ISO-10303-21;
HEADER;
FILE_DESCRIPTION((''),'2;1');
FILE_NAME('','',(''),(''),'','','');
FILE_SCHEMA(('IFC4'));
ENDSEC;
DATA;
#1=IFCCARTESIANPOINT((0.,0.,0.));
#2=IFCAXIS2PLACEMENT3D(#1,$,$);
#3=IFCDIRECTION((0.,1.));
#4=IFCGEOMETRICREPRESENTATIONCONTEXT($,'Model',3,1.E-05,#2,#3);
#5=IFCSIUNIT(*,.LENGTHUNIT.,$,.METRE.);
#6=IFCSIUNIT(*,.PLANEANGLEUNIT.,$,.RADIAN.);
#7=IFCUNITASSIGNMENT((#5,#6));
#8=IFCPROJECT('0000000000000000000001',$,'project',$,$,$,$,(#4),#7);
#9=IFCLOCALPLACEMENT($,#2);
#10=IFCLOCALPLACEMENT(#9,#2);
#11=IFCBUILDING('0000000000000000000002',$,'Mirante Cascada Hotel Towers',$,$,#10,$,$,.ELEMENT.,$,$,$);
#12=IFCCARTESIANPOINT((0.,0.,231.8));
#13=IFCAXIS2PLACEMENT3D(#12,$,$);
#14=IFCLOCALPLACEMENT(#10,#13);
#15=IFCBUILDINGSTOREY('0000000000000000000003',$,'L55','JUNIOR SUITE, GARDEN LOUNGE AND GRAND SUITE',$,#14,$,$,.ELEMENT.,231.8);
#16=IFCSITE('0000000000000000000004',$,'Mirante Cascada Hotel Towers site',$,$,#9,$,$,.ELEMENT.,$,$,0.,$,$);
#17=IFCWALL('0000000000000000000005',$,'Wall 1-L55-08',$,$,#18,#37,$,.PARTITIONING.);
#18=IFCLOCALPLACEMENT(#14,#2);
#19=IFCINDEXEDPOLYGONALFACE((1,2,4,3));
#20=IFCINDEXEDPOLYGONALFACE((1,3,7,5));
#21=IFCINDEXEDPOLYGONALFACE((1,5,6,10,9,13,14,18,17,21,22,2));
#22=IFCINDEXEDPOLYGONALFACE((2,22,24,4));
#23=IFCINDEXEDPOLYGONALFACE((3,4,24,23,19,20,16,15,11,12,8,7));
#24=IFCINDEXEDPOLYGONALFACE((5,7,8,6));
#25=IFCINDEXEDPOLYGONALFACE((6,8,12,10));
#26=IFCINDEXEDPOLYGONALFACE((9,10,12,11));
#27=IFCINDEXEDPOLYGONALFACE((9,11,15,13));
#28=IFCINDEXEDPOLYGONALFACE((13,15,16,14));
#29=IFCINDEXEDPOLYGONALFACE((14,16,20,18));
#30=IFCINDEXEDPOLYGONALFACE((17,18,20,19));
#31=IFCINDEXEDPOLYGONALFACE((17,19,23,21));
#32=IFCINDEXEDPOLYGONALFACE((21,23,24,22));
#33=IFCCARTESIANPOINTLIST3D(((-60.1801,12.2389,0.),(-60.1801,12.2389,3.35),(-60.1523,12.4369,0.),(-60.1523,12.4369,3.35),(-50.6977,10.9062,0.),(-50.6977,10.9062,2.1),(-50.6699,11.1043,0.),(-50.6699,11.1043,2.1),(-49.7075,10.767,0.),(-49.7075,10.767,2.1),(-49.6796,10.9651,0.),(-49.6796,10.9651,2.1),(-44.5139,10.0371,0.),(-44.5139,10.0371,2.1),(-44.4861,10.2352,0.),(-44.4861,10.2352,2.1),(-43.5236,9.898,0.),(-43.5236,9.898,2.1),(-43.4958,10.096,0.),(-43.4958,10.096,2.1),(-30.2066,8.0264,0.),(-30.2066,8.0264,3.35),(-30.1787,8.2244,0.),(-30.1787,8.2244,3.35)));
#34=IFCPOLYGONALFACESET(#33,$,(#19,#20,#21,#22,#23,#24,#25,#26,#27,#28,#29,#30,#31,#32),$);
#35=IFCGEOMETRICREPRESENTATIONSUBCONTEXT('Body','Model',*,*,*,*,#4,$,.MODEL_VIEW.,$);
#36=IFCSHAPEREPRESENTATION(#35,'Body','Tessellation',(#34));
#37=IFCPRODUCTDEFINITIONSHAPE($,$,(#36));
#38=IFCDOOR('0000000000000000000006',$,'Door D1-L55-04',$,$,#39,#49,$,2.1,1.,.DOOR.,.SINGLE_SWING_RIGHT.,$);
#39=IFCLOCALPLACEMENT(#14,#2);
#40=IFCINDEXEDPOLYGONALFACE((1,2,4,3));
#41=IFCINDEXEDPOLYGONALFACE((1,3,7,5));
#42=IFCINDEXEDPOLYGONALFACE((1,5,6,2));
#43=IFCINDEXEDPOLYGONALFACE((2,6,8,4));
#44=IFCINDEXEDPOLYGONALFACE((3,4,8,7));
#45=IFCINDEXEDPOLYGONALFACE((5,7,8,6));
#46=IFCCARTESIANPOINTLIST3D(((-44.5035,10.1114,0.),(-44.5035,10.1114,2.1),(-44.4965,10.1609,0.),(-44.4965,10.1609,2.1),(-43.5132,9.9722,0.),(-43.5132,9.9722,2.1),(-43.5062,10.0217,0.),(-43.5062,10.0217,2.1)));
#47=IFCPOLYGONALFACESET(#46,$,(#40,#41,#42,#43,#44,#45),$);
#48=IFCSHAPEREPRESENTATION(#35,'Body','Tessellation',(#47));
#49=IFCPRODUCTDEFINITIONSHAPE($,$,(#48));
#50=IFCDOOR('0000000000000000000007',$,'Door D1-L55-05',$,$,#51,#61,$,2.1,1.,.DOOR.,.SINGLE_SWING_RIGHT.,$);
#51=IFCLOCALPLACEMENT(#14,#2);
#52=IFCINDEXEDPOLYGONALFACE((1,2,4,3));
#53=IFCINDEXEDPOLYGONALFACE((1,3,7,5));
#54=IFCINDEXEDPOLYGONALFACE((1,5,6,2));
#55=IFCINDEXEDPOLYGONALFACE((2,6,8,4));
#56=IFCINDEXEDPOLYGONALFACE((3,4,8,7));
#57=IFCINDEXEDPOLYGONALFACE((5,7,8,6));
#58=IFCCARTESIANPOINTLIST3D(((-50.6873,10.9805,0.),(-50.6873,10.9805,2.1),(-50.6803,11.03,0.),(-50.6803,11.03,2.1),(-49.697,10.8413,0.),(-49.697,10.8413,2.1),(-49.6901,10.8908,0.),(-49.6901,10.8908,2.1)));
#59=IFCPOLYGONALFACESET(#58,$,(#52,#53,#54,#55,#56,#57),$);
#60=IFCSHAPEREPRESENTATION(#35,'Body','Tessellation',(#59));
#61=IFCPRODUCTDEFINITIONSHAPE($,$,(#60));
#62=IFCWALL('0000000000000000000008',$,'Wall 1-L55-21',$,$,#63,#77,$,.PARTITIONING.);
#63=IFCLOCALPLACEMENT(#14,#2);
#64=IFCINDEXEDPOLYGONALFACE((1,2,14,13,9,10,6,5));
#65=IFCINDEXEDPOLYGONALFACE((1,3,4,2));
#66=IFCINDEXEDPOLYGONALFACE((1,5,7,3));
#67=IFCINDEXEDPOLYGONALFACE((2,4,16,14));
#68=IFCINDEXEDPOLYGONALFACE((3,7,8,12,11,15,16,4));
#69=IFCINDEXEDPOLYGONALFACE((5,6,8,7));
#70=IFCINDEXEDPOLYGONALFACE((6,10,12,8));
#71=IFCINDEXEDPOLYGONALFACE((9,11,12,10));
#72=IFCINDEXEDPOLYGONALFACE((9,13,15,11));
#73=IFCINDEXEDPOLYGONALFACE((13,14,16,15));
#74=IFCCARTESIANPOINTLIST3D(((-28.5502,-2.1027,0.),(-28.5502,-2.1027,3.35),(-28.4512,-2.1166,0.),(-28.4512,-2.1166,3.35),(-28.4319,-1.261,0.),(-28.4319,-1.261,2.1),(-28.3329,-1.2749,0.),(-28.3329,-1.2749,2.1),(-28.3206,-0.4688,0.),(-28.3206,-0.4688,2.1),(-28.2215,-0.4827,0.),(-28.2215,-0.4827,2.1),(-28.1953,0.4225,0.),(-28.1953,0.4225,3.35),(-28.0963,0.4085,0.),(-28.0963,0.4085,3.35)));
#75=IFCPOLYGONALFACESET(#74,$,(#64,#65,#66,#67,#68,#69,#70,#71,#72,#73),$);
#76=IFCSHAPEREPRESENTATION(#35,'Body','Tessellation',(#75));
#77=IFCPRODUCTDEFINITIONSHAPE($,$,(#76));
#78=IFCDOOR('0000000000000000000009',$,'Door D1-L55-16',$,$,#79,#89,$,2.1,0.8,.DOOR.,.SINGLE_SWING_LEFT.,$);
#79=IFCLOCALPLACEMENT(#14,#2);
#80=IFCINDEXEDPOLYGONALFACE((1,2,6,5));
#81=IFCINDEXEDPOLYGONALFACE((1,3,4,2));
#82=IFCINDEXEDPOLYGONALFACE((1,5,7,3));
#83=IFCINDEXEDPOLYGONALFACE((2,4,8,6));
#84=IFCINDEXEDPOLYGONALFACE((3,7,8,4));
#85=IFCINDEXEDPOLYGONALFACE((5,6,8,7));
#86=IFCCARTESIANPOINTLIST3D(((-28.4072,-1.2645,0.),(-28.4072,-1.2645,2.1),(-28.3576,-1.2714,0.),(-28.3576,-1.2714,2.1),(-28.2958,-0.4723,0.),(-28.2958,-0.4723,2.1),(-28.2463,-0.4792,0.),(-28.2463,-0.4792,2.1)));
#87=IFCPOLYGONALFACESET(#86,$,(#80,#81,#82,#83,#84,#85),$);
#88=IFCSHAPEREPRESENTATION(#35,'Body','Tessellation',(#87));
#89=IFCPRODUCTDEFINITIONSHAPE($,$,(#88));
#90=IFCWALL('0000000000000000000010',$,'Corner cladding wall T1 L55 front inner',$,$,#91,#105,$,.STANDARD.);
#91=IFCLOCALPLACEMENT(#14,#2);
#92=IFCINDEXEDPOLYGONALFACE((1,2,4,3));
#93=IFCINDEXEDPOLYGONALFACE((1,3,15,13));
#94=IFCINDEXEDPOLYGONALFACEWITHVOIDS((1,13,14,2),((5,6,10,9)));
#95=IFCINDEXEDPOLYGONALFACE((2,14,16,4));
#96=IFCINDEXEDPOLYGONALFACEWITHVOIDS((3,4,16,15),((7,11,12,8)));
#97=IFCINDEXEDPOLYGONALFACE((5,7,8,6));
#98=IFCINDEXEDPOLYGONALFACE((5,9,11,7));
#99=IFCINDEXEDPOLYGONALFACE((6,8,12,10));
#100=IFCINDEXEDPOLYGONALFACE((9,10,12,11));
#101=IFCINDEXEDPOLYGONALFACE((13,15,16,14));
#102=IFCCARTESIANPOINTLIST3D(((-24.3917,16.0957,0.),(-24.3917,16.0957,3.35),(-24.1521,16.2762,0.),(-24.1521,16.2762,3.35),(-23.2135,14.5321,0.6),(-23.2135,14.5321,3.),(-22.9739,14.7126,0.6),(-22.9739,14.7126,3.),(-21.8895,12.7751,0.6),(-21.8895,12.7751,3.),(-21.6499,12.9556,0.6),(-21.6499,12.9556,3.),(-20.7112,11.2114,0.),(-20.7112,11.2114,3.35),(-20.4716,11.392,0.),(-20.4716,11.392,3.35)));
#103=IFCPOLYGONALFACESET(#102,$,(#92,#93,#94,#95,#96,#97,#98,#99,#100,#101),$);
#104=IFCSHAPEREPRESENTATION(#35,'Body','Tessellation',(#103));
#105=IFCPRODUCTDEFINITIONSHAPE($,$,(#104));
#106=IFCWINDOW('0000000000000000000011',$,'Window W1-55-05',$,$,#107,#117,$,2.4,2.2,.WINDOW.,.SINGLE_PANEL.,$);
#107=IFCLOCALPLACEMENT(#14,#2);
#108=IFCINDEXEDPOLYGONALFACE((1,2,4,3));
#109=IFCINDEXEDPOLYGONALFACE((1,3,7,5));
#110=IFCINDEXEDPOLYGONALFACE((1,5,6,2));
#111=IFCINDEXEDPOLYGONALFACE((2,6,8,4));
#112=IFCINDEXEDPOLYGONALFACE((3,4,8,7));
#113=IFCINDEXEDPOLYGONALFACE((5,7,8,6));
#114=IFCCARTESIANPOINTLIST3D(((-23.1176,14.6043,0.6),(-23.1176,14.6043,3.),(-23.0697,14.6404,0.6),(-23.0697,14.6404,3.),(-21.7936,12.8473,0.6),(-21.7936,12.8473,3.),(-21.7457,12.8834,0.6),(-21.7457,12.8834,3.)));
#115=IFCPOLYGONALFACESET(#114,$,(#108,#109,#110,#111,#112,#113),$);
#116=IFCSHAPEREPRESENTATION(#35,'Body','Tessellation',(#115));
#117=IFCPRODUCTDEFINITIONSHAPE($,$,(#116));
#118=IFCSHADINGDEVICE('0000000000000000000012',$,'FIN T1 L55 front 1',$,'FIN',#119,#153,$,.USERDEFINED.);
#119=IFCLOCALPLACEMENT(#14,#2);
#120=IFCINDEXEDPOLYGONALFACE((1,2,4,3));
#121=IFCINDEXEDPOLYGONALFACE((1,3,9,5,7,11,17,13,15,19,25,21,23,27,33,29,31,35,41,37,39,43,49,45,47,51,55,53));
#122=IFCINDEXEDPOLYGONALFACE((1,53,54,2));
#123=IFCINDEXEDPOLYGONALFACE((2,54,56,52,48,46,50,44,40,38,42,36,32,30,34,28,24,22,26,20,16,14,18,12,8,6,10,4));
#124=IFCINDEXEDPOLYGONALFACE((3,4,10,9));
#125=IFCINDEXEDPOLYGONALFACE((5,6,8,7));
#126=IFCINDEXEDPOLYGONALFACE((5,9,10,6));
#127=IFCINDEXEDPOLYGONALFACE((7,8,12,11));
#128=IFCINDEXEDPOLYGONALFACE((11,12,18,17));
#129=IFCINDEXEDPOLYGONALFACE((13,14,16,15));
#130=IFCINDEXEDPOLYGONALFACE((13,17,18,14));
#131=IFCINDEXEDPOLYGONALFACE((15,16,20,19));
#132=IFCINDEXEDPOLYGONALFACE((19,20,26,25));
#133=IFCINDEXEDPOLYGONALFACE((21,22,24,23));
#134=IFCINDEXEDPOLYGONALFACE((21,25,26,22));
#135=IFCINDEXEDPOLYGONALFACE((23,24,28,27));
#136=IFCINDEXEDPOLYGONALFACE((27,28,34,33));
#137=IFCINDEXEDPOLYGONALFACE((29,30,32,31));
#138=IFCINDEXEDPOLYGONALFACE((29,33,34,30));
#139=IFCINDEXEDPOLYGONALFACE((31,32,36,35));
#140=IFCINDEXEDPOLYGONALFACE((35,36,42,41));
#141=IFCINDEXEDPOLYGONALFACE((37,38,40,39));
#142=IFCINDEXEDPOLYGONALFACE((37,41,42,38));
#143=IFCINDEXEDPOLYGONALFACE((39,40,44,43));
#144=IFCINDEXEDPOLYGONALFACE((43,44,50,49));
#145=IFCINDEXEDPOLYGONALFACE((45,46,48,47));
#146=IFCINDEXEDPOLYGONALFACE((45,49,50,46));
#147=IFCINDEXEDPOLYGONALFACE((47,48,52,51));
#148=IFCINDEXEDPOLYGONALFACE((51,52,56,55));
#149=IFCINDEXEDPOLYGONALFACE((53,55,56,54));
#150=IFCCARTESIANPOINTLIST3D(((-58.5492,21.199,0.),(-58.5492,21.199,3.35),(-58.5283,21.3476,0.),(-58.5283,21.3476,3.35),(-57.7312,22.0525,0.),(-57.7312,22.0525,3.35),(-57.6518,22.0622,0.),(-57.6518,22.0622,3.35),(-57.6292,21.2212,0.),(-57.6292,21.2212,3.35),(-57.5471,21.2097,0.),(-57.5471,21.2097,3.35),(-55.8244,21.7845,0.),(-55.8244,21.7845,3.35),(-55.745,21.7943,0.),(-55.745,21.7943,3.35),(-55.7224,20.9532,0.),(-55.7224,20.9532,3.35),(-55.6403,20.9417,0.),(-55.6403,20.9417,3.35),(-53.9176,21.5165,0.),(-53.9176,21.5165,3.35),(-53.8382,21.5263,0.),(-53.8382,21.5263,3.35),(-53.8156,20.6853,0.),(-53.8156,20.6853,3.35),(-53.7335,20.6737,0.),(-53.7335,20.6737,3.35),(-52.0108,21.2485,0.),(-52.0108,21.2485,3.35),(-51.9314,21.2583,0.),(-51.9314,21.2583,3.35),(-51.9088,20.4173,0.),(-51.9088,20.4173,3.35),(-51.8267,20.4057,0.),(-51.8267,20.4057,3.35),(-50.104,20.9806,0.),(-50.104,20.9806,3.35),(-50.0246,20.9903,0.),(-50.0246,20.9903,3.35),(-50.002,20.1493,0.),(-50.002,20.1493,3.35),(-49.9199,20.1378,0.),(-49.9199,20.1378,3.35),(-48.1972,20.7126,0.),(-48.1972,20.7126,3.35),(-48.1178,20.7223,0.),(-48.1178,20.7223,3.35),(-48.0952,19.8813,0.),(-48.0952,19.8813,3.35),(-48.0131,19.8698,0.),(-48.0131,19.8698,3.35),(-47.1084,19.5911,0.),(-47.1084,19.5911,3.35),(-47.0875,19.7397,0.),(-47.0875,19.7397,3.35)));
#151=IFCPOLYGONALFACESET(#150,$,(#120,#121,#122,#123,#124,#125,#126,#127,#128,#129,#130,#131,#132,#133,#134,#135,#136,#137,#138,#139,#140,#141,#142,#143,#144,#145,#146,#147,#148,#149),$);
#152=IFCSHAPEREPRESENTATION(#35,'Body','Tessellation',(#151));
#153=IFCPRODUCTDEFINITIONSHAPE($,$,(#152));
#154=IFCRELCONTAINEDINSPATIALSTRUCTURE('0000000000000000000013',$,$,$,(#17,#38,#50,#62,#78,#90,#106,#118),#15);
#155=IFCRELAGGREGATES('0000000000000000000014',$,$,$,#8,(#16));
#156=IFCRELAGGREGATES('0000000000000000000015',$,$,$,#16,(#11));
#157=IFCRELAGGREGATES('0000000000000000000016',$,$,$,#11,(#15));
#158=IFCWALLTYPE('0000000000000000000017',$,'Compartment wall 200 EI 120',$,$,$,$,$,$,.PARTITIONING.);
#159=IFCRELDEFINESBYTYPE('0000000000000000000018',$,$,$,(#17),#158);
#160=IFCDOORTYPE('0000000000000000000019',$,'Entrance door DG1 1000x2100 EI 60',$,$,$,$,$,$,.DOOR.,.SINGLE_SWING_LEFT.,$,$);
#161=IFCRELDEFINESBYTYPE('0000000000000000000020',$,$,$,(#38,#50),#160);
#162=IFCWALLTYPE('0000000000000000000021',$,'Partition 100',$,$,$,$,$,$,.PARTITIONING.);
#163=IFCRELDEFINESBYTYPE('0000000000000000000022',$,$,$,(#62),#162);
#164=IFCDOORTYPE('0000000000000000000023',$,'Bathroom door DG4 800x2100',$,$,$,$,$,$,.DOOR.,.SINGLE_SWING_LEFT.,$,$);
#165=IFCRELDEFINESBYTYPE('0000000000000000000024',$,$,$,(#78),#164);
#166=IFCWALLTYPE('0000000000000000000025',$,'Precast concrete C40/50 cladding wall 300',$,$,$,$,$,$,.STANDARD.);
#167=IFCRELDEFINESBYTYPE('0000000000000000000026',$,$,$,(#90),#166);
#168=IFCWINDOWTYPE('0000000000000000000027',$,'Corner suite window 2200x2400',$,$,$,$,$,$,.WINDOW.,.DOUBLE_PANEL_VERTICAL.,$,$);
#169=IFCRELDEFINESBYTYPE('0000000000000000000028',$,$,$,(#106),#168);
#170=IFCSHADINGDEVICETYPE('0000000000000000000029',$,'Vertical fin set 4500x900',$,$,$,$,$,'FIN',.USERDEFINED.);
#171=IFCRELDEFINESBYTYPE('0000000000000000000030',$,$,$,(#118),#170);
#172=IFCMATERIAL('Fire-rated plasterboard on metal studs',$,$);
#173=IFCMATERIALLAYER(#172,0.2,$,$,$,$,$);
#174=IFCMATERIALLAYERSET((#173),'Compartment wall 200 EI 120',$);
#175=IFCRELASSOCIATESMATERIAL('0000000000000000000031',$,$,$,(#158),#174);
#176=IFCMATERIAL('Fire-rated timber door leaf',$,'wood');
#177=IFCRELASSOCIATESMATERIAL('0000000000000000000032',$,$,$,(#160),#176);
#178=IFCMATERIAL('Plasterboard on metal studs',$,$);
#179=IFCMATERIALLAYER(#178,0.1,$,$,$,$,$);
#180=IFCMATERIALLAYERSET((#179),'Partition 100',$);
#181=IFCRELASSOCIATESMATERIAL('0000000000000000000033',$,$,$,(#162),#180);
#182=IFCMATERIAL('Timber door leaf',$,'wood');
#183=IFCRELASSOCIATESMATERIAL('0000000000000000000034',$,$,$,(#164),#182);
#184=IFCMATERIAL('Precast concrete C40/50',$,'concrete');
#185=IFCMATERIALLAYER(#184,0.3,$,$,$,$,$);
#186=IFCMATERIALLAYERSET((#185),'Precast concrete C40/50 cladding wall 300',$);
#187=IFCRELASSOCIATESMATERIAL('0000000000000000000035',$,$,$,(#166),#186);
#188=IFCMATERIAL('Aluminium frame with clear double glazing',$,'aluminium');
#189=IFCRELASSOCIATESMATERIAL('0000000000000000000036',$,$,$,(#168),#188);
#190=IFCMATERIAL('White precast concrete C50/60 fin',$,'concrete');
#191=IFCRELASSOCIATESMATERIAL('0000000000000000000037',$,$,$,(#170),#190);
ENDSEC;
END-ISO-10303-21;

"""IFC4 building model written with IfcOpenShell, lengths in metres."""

from ifc_helpers import new_model, si_unit, direction, frame, frame_2d, origin, place, context, subcontext, project, spatial, polyline, rectangle, outline, extrude, material, layer, layer_set, type_object, element, fill, save


model = new_model("IFC4")

# Units and contexts
model_context = context("Model", 3, precision=1e-05, world=origin(), true_north=direction((0.0, 1.0)))
body_context = subcontext(model_context, "Body", "Model", "MODEL_VIEW")
ifc_project = project(units=[si_unit("LENGTHUNIT", "METRE"), si_unit("PLANEANGLEUNIT", "RADIAN")], contexts=[model_context])

# Site, building, storey
site_placement = place(None, origin())
site = spatial("IfcSite", under=ifc_project, at=site_placement, Name="Mirante Cascada Hotel Towers site", CompositionType="ELEMENT", RefElevation=0.0)
building_placement = place(site_placement, origin())
building = spatial("IfcBuilding", under=site, at=building_placement, Name="Mirante Cascada Hotel Towers", CompositionType="ELEMENT")
storey_placement = place(building_placement, frame((0.0, 0.0, 231.8)))
storey = spatial("IfcBuildingStorey", under=building, at=storey_placement, Name="L55", Description="JUNIOR SUITE, GARDEN LOUNGE AND GRAND SUITE", CompositionType="ELEMENT", Elevation=231.8)

# Wall, openings, doors
ifc_material_1 = material(Name="Fire-rated plasterboard on metal studs")
ifc_layer_1 = layer(ifc_material_1, 0.2)
ifc_layer_set_1 = layer_set([ifc_layer_1], Name="Compartment wall 200 EI 120")
wall_type_1 = type_object("IfcWallType", Name="Compartment wall 200 EI 120", PredefinedType="PARTITIONING", material=ifc_layer_set_1)
wall_1_placement = place(storey_placement, frame((-30.1927, 8.1254, 0.0), z_axis=(0.0, 0.0, 1.0), x_axis=(-0.990268, 0.139173, 0.0)))
wall_1 = element("IfcWall", 1, at=wall_1_placement, inside=storey, type_object=wall_type_1, Name="Wall 1-L55-08", PredefinedType="PARTITIONING", context=body_context, shape_type="SweptSolid", body=[
    extrude(rectangle(XDim=30.2681, YDim=0.2, at=frame_2d((15.134, 0.0))), origin(), (0.0, 0.0, 1.0), 3.35),
])
opening_1_placement = place(wall_1_placement, frame((13.4479, 0.0, 0.0)))
opening_1 = element("IfcOpeningElement", 2, at=opening_1_placement, cuts=wall_1, PredefinedType="OPENING", context=body_context, shape_type="SweptSolid", body=[
    extrude(rectangle(XDim=1.0, YDim=2.1, at=frame_2d((0.5, 1.05))), frame((0.0, 0.1, 0.0), z_axis=(0.0, -1.0, 0.0), x_axis=(1.0, 0.0, 0.0)), (0.0, 0.0, 1.0), 0.2),
])
opening_2_placement = place(wall_1_placement, frame((19.6925, 0.0, 0.0)))
opening_2 = element("IfcOpeningElement", 3, at=opening_2_placement, cuts=wall_1, PredefinedType="OPENING", context=body_context, shape_type="SweptSolid", body=[
    extrude(rectangle(XDim=1.0, YDim=2.1, at=frame_2d((0.5, 1.05))), frame((0.0, 0.1, 0.0), z_axis=(0.0, -1.0, 0.0), x_axis=(1.0, 0.0, 0.0)), (0.0, 0.0, 1.0), 0.2),
])
ifc_material_2 = material(Name="Fire-rated timber door leaf", Category="wood")
door_type_1 = type_object("IfcDoorType", Name="Entrance door DG1 1000x2100 EI 60", OperationType="SINGLE_SWING_LEFT", PredefinedType="DOOR", material=ifc_material_2)
door_1_placement = place(opening_1_placement, frame((1.0, 0.0, 0.0), z_axis=(0.0, 0.0, 1.0), x_axis=(-1.0, 0.0, 0.0)))
door_1 = element("IfcDoor", 4, at=door_1_placement, inside=storey, type_object=door_type_1, Name="Door D1-L55-04", OperationType="SINGLE_SWING_RIGHT", OverallHeight=2.1, OverallWidth=1.0, PredefinedType="DOOR", context=body_context, shape_type="SweptSolid", body=[
    extrude(rectangle(XDim=1.0, YDim=2.1, at=frame_2d((0.5, 1.05))), frame((0.0, 0.025, 0.0), z_axis=(0.0, -1.0, 0.0), x_axis=(1.0, 0.0, 0.0)), (0.0, 0.0, 1.0), 0.05),
])
fill(opening_1, door_1)
door_2_placement = place(opening_2_placement, frame((1.0, 0.0, 0.0), z_axis=(0.0, 0.0, 1.0), x_axis=(-1.0, 0.0, 0.0)))
door_2 = element("IfcDoor", 5, at=door_2_placement, inside=storey, type_object=door_type_1, Name="Door D1-L55-05", OperationType="SINGLE_SWING_RIGHT", OverallHeight=2.1, OverallWidth=1.0, PredefinedType="DOOR", context=body_context, shape_type="SweptSolid", body=[
    extrude(rectangle(XDim=1.0, YDim=2.1, at=frame_2d((0.5, 1.05))), frame((0.0, 0.025, 0.0), z_axis=(0.0, -1.0, 0.0), x_axis=(1.0, 0.0, 0.0)), (0.0, 0.0, 1.0), 0.05),
])
fill(opening_2, door_2)

# Wall, opening, door
ifc_material_3 = material(Name="Plasterboard on metal studs")
ifc_layer_2 = layer(ifc_material_3, 0.1)
ifc_layer_set_2 = layer_set([ifc_layer_2], Name="Partition 100")
wall_type_2 = type_object("IfcWallType", Name="Partition 100", PredefinedType="PARTITIONING", material=ifc_layer_set_2)
wall_2_placement = place(storey_placement, frame((-28.1458, 0.4155, 0.0), z_axis=(0.0, 0.0, 1.0), x_axis=(-0.139176, -0.990268, 0.0)))
wall_2 = element("IfcWall", 6, at=wall_2_placement, inside=storey, type_object=wall_type_2, Name="Wall 1-L55-21", PredefinedType="PARTITIONING", context=body_context, shape_type="SweptSolid", body=[
    extrude(rectangle(XDim=2.55, YDim=0.1, at=frame_2d((1.275, 0.0))), origin(), (0.0, 0.0, 1.0), 3.35),
])
opening_3_placement = place(wall_2_placement, frame((0.9, 0.0, 0.0)))
opening_3 = element("IfcOpeningElement", 7, at=opening_3_placement, cuts=wall_2, PredefinedType="OPENING", context=body_context, shape_type="SweptSolid", body=[
    extrude(rectangle(XDim=0.8, YDim=2.1, at=frame_2d((0.4, 1.05))), frame((0.0, 0.05, 0.0), z_axis=(0.0, -1.0, 0.0), x_axis=(1.0, 0.0, 0.0)), (0.0, 0.0, 1.0), 0.1),
])
ifc_material_4 = material(Name="Timber door leaf", Category="wood")
door_type_2 = type_object("IfcDoorType", Name="Bathroom door DG4 800x2100", OperationType="SINGLE_SWING_LEFT", PredefinedType="DOOR", material=ifc_material_4)
door_3_placement = place(opening_3_placement, origin())
door_3 = element("IfcDoor", 8, at=door_3_placement, inside=storey, type_object=door_type_2, Name="Door D1-L55-16", OperationType="SINGLE_SWING_LEFT", OverallHeight=2.1, OverallWidth=0.8, PredefinedType="DOOR", context=body_context, shape_type="SweptSolid", body=[
    extrude(rectangle(XDim=0.8, YDim=2.1, at=frame_2d((0.4, 1.05))), frame((0.0, 0.025, 0.0), z_axis=(0.0, -1.0, 0.0), x_axis=(1.0, 0.0, 0.0)), (0.0, 0.0, 1.0), 0.05),
])
fill(opening_3, door_3)

# Wall, opening, window
ifc_material_5 = material(Name="Precast concrete C40/50", Category="concrete")
ifc_layer_3 = layer(ifc_material_5, 0.3)
ifc_layer_set_3 = layer_set([ifc_layer_3], Name="Precast concrete C40/50 cladding wall 300")
wall_type_3 = type_object("IfcWallType", Name="Precast concrete C40/50 cladding wall 300", PredefinedType="STANDARD", material=ifc_layer_set_3)
wall_3_placement = place(storey_placement, frame((-24.2719, 16.1859, 0.0), z_axis=(0.0, 0.0, 1.0), x_axis=(0.601814, -0.798636, 0.0)))
wall_3 = element("IfcWall", 9, at=wall_3_placement, inside=storey, type_object=wall_type_3, Name="Corner cladding wall T1 L55 front inner", PredefinedType="STANDARD", context=body_context, shape_type="SweptSolid", body=[
    extrude(rectangle(XDim=6.1157, YDim=0.3, at=frame_2d((3.0578, 0.0))), origin(), (0.0, 0.0, 1.0), 3.35),
])
opening_4_placement = place(wall_3_placement, frame((1.9578, 0.0, 0.6)))
opening_4 = element("IfcOpeningElement", 10, at=opening_4_placement, cuts=wall_3, PredefinedType="OPENING", context=body_context, shape_type="SweptSolid", body=[
    extrude(rectangle(XDim=2.2, YDim=2.4, at=frame_2d((1.1, 1.2))), frame((0.0, 0.15, 0.0), z_axis=(0.0, -1.0, 0.0), x_axis=(1.0, 0.0, 0.0)), (0.0, 0.0, 1.0), 0.3),
])
ifc_material_6 = material(Name="Aluminium frame with clear double glazing", Category="aluminium")
window_type = type_object("IfcWindowType", Name="Corner suite window 2200x2400", PartitioningType="DOUBLE_PANEL_VERTICAL", PredefinedType="WINDOW", material=ifc_material_6)
window_placement = place(opening_4_placement, origin())
window = element("IfcWindow", 11, at=window_placement, inside=storey, type_object=window_type, Name="Window W1-55-05", OverallHeight=2.4, OverallWidth=2.2, PartitioningType="SINGLE_PANEL", PredefinedType="WINDOW", context=body_context, shape_type="SweptSolid", body=[
    extrude(rectangle(XDim=2.2, YDim=2.4, at=frame_2d((1.1, 1.2))), frame((0.0, 0.03, 0.0), z_axis=(0.0, -1.0, 0.0), x_axis=(1.0, 0.0, 0.0)), (0.0, 0.0, 1.0), 0.06),
])
fill(opening_4, window)

# Shading device
ifc_material_7 = material(Name="White precast concrete C50/60 fin", Category="concrete")
shading_device_type = type_object("IfcShadingDeviceType", Name="Vertical fin set 4500x900", ElementType="FIN", PredefinedType="USERDEFINED", material=ifc_material_7)
shading_device_1_placement = place(storey_placement, origin())
element("IfcShadingDevice", 12, at=shading_device_1_placement, inside=storey, type_object=shading_device_type, Name="FIN T1 L55 front 1", ObjectType="FIN", PredefinedType="USERDEFINED", context=body_context, shape_type="SweptSolid", body=[
    extrude(outline(polyline([(-48.1178, 20.7223), (-48.0131, 19.8698), (-47.0875, 19.7397), (-47.1084, 19.5911), (-58.5492, 21.199), (-58.5283, 21.3476), (-57.6292, 21.2212), (-57.7312, 22.0525), (-57.6518, 22.0622), (-57.5471, 21.2097), (-55.7224, 20.9532), (-55.8244, 21.7845), (-55.745, 21.7943), (-55.6403, 20.9417), (-53.8156, 20.6853), (-53.9176, 21.5165), (-53.8382, 21.5263), (-53.7335, 20.6737), (-51.9088, 20.4173), (-52.0108, 21.2485), (-51.9314, 21.2583), (-51.8267, 20.4057), (-50.002, 20.1493), (-50.104, 20.9806), (-50.0246, 20.9903), (-49.9199, 20.1378), (-48.0952, 19.8813), (-48.1972, 20.7126), (-48.1178, 20.7223)])), origin(), (0.0, 0.0, 1.0), 3.35),
])

save(model, "model.ifc")
